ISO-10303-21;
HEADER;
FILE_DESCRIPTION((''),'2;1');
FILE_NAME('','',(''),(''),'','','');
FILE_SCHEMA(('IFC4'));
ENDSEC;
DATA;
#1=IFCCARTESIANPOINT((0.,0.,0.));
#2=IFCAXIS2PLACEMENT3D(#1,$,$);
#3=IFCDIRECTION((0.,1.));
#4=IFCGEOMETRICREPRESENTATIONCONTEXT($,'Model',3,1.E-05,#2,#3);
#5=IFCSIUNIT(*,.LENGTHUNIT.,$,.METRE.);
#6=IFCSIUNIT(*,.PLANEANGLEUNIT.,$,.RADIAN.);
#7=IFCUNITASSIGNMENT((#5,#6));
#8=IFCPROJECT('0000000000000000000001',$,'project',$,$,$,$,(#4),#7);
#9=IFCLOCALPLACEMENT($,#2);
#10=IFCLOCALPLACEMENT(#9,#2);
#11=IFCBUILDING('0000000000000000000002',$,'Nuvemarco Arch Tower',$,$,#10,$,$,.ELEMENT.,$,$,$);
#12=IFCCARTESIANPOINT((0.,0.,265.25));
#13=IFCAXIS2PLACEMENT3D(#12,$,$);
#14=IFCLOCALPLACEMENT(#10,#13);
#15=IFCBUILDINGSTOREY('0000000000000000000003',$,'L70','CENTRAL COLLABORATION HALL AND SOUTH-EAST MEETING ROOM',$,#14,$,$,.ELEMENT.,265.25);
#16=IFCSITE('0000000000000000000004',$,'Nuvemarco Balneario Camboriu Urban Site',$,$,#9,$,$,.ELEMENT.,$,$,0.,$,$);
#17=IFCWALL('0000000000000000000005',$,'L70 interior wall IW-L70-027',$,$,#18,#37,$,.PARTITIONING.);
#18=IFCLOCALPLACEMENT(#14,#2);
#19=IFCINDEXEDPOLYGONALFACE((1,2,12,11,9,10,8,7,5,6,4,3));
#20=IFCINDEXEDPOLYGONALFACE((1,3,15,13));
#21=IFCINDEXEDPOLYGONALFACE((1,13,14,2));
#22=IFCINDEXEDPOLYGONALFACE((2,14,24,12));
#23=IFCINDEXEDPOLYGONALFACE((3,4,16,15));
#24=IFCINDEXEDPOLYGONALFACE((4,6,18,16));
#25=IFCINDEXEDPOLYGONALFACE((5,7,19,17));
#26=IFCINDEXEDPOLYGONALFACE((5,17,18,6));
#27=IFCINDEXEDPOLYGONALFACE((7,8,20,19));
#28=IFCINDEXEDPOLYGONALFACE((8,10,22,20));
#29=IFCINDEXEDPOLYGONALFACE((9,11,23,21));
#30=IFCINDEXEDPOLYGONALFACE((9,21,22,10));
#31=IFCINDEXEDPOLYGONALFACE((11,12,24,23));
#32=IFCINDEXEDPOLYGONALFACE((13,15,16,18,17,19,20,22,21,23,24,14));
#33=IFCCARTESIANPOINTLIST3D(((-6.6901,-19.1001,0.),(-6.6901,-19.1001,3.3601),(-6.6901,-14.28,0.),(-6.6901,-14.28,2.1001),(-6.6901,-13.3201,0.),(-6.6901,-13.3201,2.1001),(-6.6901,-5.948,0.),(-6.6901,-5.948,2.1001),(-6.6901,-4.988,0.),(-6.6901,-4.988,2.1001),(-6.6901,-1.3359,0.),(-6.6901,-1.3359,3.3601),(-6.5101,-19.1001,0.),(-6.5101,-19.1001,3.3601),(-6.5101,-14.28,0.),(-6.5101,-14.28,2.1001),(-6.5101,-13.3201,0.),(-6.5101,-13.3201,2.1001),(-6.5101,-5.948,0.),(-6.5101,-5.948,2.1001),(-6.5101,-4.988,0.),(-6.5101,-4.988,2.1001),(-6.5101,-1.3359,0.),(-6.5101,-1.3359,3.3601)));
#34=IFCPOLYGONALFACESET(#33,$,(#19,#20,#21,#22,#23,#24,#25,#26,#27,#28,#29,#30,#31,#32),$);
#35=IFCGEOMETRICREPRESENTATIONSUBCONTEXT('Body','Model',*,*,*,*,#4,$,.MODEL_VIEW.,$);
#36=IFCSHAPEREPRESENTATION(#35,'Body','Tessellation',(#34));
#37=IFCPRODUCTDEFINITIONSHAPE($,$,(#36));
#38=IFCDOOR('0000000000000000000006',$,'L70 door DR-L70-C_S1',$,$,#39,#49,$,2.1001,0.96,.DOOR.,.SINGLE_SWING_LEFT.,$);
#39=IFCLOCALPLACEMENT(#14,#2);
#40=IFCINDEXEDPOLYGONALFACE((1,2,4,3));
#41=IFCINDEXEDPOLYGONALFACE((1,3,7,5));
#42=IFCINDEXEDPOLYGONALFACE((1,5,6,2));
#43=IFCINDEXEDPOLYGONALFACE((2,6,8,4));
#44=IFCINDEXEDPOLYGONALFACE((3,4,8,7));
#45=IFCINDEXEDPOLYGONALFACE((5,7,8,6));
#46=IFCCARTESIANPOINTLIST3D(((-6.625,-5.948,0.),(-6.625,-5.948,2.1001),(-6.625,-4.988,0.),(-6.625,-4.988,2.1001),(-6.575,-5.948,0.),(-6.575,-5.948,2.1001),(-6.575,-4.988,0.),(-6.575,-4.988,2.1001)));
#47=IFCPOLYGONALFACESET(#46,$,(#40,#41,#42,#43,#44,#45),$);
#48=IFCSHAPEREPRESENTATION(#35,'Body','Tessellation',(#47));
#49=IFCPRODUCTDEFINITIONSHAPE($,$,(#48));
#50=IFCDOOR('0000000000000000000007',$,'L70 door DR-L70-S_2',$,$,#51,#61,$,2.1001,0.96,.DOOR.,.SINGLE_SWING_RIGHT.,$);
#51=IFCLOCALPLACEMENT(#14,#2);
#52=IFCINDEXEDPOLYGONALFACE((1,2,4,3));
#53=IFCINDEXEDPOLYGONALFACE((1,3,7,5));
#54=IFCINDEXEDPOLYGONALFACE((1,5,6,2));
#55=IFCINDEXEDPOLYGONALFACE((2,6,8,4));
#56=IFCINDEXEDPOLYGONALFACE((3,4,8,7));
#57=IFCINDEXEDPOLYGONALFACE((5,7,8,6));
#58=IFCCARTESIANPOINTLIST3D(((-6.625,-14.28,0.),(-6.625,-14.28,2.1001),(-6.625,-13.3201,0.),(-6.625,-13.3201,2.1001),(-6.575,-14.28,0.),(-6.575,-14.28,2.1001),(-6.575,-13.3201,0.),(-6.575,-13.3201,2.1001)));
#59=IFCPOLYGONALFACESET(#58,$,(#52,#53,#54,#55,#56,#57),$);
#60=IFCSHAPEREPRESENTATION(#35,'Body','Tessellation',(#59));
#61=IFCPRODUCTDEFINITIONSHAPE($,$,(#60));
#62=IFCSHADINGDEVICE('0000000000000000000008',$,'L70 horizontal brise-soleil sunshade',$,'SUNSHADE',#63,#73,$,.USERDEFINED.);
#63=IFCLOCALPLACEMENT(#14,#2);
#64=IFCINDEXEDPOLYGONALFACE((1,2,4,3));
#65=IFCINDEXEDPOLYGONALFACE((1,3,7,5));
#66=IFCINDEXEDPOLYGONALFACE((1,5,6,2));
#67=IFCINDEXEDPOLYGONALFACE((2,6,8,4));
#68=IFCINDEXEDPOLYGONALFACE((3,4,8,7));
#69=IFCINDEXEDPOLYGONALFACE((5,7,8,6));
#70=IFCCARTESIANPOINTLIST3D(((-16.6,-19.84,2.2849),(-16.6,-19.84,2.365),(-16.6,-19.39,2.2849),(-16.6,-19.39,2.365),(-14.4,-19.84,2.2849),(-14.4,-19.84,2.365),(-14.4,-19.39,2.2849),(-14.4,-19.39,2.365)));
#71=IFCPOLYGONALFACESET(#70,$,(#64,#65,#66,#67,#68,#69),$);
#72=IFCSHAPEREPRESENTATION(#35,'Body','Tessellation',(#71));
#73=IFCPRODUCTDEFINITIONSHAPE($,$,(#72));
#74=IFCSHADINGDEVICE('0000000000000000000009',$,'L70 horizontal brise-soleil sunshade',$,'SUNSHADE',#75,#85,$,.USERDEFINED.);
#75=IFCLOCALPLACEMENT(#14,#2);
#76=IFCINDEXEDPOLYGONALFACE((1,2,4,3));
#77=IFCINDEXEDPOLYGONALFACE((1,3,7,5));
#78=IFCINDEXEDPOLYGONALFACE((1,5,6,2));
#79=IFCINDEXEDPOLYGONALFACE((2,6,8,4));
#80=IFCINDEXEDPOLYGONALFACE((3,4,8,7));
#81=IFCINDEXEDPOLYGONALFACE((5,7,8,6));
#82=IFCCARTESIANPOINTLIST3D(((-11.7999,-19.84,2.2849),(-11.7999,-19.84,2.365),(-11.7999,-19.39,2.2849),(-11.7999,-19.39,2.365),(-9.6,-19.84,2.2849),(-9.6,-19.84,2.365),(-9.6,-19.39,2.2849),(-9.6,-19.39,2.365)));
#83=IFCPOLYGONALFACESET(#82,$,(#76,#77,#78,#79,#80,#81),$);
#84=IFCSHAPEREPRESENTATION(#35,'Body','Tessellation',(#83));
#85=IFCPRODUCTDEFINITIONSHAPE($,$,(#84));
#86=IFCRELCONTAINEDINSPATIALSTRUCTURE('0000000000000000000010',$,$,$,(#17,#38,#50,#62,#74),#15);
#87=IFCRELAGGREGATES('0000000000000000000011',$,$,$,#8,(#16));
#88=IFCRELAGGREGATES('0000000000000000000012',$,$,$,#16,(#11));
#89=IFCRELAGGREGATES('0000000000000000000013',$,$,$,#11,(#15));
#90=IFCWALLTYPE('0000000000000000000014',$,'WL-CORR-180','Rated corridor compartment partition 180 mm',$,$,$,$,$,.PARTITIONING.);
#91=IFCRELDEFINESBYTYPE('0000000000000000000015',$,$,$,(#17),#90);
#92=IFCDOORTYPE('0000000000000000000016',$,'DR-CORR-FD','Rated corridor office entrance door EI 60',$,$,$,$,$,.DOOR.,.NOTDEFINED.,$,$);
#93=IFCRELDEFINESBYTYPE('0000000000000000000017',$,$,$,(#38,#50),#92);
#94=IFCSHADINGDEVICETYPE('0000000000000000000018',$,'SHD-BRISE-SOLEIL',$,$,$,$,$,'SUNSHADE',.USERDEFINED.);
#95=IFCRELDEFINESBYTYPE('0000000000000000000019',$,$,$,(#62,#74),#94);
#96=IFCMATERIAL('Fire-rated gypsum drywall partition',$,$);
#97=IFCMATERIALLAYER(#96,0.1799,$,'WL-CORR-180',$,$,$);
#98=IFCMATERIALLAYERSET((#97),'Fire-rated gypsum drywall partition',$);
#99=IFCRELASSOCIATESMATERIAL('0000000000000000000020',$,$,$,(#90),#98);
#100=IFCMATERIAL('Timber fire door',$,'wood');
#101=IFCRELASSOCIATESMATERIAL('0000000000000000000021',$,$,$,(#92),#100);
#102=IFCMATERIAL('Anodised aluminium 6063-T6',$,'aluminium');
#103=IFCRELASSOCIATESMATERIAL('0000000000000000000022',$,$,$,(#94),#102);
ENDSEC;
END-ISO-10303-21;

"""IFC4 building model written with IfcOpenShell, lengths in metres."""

from ifc_helpers import new_model, si_unit, direction, frame, frame_2d, origin, origin_2d, place, context, subcontext, project, spatial, rectangle, extrude, source, transform, mapped, material, layer, layer_set, type_object, type_shapes, element, fill, save


model = new_model("IFC4")

# Units and contexts
model_context = context("Model", 3, precision=1e-05, world=origin(), true_north=direction((0.0, 1.0)))
body_context = subcontext(model_context, "Body", "Model", "MODEL_VIEW")
ifc_project = project(units=[si_unit("LENGTHUNIT", "METRE"), si_unit("PLANEANGLEUNIT", "RADIAN")], contexts=[model_context])

# Site, building, storey
site_placement = place(None, origin())
site = spatial("IfcSite", under=ifc_project, at=site_placement, Name="Nuvemarco Balneario Camboriu Urban Site", CompositionType="ELEMENT", RefElevation=0.0)
building_placement = place(site_placement, origin())
building = spatial("IfcBuilding", under=site, at=building_placement, Name="Nuvemarco Arch Tower", CompositionType="ELEMENT")
storey_placement = place(building_placement, frame((0.0, 0.0, 265.25)))
storey = spatial("IfcBuildingStorey", under=building, at=storey_placement, Name="L70", Description="CENTRAL COLLABORATION HALL AND SOUTH-EAST MEETING ROOM", CompositionType="ELEMENT", Elevation=265.25)

# Shared definitions
ifc_material_1 = material(Name="Fire-rated gypsum drywall partition")
ifc_layer = layer(ifc_material_1, 0.1799, Name="WL-CORR-180")
ifc_layer_set = layer_set([ifc_layer], Name="Fire-rated gypsum drywall partition")
wall_type = type_object("IfcWallType", Name="WL-CORR-180", Description="Rated corridor compartment partition 180 mm", PredefinedType="PARTITIONING", material=ifc_layer_set)

# Shared definitions
ifc_material_2 = material(Name="Timber fire door", Category="wood")
door_type = type_object("IfcDoorType", Name="DR-CORR-FD", Description="Rated corridor office entrance door EI 60", OperationType="NOTDEFINED", PredefinedType="DOOR", material=ifc_material_2)
shared_shape_1 = source(origin(), body_context, "Body", "SweptSolid", [
    extrude(rectangle(XDim=0.96, YDim=2.1001, at=frame_2d((0.48, 1.05))), frame((0.0, 0.0249, 0.0), z_axis=(0.0, -1.0, 0.0), x_axis=(1.0, 0.0, 0.0)), (0.0, 0.0, 1.0), 0.05),
])
type_shapes(door_type, [shared_shape_1])

# Wall, openings, doors
wall_1_placement = place(storey_placement, frame((-6.6001, -19.1001, 0.0), z_axis=(0.0, 0.0, 1.0), x_axis=(0.0, 1.0, 0.0)))
wall_1 = element("IfcWall", 1, at=wall_1_placement, inside=storey, type_object=wall_type, Name="L70 interior wall IW-L70-027", PredefinedType="PARTITIONING", context=body_context, shape_type="SweptSolid", body=[
    extrude(rectangle(XDim=17.7642, YDim=0.1799, at=frame_2d((8.8821, 0.0))), origin(), (0.0, 0.0, 1.0), 3.3601),
])
opening_1_placement = place(wall_1_placement, frame((13.1521, 0.0, 0.0)))
opening_1 = element("IfcOpeningElement", 2, at=opening_1_placement, cuts=wall_1, PredefinedType="OPENING", context=body_context, shape_type="SweptSolid", body=[
    extrude(rectangle(XDim=0.96, YDim=2.1001, at=frame_2d((0.48, 1.05))), frame((0.0, 0.0999, 0.0), z_axis=(0.0, -1.0, 0.0), x_axis=(1.0, 0.0, 0.0)), (0.0, 0.0, 1.0), 0.2),
])
opening_2_placement = place(wall_1_placement, frame((4.8201, 0.0, 0.0)))
opening_2 = element("IfcOpeningElement", 3, at=opening_2_placement, cuts=wall_1, PredefinedType="OPENING", context=body_context, shape_type="SweptSolid", body=[
    extrude(rectangle(XDim=0.96, YDim=2.1001, at=frame_2d((0.48, 1.05))), frame((0.0, 0.0999, 0.0), z_axis=(0.0, -1.0, 0.0), x_axis=(1.0, 0.0, 0.0)), (0.0, 0.0, 1.0), 0.2),
])
door_1_placement = place(opening_1_placement, origin())
door_1 = element("IfcDoor", 4, at=door_1_placement, inside=storey, type_object=door_type, Name="L70 door DR-L70-C_S1", OperationType="SINGLE_SWING_LEFT", OverallHeight=2.1001, OverallWidth=0.96, PredefinedType="DOOR", context=body_context, shape_type="MappedRepresentation", body=[
    mapped(shared_shape_1, transform((0.0, 0.0, 0.0), scale=1.0)),
])
fill(opening_1, door_1)
door_2_placement = place(opening_2_placement, origin())
door_2 = element("IfcDoor", 5, at=door_2_placement, inside=storey, type_object=door_type, Name="L70 door DR-L70-S_2", OperationType="SINGLE_SWING_RIGHT", OverallHeight=2.1001, OverallWidth=0.96, PredefinedType="DOOR", context=body_context, shape_type="MappedRepresentation", body=[
    mapped(shared_shape_1, transform((0.0, 0.0, 0.0), scale=1.0)),
])
fill(opening_2, door_2)

# Shading devices
ifc_material_3 = material(Name="Anodised aluminium 6063-T6", Category="aluminium")
shading_device_type = type_object("IfcShadingDeviceType", Name="SHD-BRISE-SOLEIL", ElementType="SUNSHADE", PredefinedType="USERDEFINED", material=ifc_material_3)
shared_shape_2 = source(origin(), body_context, "Body", "SweptSolid", [
    extrude(rectangle(XDim=2.2, YDim=0.45, at=origin_2d()), origin(), (0.0, 0.0, 1.0), 0.0801),
])
type_shapes(shading_device_type, [shared_shape_2])
for number, where, z_axis, x_axis, name in (
    (6, (-15.5, -19.615, 2.2849), (0.0, 0.0, 1.0), (1.0, 0.0, 0.0), "L70 horizontal brise-soleil sunshade"),
    (7, (-10.7, -19.615, 2.2849), (0.0, 0.0, 1.0), (1.0, 0.0, 0.0), "L70 horizontal brise-soleil sunshade"),
):
    element("IfcShadingDevice", number, at=place(storey_placement, frame(where, z_axis=z_axis, x_axis=x_axis)), inside=storey, type_object=shading_device_type, Name=name, ObjectType="SUNSHADE", PredefinedType="USERDEFINED", context=body_context, shape_type="MappedRepresentation", body=[
        mapped(shared_shape_2, transform((0.0, 0.0, 0.0), scale=1.0)),
    ])

save(model, "model.ifc")
